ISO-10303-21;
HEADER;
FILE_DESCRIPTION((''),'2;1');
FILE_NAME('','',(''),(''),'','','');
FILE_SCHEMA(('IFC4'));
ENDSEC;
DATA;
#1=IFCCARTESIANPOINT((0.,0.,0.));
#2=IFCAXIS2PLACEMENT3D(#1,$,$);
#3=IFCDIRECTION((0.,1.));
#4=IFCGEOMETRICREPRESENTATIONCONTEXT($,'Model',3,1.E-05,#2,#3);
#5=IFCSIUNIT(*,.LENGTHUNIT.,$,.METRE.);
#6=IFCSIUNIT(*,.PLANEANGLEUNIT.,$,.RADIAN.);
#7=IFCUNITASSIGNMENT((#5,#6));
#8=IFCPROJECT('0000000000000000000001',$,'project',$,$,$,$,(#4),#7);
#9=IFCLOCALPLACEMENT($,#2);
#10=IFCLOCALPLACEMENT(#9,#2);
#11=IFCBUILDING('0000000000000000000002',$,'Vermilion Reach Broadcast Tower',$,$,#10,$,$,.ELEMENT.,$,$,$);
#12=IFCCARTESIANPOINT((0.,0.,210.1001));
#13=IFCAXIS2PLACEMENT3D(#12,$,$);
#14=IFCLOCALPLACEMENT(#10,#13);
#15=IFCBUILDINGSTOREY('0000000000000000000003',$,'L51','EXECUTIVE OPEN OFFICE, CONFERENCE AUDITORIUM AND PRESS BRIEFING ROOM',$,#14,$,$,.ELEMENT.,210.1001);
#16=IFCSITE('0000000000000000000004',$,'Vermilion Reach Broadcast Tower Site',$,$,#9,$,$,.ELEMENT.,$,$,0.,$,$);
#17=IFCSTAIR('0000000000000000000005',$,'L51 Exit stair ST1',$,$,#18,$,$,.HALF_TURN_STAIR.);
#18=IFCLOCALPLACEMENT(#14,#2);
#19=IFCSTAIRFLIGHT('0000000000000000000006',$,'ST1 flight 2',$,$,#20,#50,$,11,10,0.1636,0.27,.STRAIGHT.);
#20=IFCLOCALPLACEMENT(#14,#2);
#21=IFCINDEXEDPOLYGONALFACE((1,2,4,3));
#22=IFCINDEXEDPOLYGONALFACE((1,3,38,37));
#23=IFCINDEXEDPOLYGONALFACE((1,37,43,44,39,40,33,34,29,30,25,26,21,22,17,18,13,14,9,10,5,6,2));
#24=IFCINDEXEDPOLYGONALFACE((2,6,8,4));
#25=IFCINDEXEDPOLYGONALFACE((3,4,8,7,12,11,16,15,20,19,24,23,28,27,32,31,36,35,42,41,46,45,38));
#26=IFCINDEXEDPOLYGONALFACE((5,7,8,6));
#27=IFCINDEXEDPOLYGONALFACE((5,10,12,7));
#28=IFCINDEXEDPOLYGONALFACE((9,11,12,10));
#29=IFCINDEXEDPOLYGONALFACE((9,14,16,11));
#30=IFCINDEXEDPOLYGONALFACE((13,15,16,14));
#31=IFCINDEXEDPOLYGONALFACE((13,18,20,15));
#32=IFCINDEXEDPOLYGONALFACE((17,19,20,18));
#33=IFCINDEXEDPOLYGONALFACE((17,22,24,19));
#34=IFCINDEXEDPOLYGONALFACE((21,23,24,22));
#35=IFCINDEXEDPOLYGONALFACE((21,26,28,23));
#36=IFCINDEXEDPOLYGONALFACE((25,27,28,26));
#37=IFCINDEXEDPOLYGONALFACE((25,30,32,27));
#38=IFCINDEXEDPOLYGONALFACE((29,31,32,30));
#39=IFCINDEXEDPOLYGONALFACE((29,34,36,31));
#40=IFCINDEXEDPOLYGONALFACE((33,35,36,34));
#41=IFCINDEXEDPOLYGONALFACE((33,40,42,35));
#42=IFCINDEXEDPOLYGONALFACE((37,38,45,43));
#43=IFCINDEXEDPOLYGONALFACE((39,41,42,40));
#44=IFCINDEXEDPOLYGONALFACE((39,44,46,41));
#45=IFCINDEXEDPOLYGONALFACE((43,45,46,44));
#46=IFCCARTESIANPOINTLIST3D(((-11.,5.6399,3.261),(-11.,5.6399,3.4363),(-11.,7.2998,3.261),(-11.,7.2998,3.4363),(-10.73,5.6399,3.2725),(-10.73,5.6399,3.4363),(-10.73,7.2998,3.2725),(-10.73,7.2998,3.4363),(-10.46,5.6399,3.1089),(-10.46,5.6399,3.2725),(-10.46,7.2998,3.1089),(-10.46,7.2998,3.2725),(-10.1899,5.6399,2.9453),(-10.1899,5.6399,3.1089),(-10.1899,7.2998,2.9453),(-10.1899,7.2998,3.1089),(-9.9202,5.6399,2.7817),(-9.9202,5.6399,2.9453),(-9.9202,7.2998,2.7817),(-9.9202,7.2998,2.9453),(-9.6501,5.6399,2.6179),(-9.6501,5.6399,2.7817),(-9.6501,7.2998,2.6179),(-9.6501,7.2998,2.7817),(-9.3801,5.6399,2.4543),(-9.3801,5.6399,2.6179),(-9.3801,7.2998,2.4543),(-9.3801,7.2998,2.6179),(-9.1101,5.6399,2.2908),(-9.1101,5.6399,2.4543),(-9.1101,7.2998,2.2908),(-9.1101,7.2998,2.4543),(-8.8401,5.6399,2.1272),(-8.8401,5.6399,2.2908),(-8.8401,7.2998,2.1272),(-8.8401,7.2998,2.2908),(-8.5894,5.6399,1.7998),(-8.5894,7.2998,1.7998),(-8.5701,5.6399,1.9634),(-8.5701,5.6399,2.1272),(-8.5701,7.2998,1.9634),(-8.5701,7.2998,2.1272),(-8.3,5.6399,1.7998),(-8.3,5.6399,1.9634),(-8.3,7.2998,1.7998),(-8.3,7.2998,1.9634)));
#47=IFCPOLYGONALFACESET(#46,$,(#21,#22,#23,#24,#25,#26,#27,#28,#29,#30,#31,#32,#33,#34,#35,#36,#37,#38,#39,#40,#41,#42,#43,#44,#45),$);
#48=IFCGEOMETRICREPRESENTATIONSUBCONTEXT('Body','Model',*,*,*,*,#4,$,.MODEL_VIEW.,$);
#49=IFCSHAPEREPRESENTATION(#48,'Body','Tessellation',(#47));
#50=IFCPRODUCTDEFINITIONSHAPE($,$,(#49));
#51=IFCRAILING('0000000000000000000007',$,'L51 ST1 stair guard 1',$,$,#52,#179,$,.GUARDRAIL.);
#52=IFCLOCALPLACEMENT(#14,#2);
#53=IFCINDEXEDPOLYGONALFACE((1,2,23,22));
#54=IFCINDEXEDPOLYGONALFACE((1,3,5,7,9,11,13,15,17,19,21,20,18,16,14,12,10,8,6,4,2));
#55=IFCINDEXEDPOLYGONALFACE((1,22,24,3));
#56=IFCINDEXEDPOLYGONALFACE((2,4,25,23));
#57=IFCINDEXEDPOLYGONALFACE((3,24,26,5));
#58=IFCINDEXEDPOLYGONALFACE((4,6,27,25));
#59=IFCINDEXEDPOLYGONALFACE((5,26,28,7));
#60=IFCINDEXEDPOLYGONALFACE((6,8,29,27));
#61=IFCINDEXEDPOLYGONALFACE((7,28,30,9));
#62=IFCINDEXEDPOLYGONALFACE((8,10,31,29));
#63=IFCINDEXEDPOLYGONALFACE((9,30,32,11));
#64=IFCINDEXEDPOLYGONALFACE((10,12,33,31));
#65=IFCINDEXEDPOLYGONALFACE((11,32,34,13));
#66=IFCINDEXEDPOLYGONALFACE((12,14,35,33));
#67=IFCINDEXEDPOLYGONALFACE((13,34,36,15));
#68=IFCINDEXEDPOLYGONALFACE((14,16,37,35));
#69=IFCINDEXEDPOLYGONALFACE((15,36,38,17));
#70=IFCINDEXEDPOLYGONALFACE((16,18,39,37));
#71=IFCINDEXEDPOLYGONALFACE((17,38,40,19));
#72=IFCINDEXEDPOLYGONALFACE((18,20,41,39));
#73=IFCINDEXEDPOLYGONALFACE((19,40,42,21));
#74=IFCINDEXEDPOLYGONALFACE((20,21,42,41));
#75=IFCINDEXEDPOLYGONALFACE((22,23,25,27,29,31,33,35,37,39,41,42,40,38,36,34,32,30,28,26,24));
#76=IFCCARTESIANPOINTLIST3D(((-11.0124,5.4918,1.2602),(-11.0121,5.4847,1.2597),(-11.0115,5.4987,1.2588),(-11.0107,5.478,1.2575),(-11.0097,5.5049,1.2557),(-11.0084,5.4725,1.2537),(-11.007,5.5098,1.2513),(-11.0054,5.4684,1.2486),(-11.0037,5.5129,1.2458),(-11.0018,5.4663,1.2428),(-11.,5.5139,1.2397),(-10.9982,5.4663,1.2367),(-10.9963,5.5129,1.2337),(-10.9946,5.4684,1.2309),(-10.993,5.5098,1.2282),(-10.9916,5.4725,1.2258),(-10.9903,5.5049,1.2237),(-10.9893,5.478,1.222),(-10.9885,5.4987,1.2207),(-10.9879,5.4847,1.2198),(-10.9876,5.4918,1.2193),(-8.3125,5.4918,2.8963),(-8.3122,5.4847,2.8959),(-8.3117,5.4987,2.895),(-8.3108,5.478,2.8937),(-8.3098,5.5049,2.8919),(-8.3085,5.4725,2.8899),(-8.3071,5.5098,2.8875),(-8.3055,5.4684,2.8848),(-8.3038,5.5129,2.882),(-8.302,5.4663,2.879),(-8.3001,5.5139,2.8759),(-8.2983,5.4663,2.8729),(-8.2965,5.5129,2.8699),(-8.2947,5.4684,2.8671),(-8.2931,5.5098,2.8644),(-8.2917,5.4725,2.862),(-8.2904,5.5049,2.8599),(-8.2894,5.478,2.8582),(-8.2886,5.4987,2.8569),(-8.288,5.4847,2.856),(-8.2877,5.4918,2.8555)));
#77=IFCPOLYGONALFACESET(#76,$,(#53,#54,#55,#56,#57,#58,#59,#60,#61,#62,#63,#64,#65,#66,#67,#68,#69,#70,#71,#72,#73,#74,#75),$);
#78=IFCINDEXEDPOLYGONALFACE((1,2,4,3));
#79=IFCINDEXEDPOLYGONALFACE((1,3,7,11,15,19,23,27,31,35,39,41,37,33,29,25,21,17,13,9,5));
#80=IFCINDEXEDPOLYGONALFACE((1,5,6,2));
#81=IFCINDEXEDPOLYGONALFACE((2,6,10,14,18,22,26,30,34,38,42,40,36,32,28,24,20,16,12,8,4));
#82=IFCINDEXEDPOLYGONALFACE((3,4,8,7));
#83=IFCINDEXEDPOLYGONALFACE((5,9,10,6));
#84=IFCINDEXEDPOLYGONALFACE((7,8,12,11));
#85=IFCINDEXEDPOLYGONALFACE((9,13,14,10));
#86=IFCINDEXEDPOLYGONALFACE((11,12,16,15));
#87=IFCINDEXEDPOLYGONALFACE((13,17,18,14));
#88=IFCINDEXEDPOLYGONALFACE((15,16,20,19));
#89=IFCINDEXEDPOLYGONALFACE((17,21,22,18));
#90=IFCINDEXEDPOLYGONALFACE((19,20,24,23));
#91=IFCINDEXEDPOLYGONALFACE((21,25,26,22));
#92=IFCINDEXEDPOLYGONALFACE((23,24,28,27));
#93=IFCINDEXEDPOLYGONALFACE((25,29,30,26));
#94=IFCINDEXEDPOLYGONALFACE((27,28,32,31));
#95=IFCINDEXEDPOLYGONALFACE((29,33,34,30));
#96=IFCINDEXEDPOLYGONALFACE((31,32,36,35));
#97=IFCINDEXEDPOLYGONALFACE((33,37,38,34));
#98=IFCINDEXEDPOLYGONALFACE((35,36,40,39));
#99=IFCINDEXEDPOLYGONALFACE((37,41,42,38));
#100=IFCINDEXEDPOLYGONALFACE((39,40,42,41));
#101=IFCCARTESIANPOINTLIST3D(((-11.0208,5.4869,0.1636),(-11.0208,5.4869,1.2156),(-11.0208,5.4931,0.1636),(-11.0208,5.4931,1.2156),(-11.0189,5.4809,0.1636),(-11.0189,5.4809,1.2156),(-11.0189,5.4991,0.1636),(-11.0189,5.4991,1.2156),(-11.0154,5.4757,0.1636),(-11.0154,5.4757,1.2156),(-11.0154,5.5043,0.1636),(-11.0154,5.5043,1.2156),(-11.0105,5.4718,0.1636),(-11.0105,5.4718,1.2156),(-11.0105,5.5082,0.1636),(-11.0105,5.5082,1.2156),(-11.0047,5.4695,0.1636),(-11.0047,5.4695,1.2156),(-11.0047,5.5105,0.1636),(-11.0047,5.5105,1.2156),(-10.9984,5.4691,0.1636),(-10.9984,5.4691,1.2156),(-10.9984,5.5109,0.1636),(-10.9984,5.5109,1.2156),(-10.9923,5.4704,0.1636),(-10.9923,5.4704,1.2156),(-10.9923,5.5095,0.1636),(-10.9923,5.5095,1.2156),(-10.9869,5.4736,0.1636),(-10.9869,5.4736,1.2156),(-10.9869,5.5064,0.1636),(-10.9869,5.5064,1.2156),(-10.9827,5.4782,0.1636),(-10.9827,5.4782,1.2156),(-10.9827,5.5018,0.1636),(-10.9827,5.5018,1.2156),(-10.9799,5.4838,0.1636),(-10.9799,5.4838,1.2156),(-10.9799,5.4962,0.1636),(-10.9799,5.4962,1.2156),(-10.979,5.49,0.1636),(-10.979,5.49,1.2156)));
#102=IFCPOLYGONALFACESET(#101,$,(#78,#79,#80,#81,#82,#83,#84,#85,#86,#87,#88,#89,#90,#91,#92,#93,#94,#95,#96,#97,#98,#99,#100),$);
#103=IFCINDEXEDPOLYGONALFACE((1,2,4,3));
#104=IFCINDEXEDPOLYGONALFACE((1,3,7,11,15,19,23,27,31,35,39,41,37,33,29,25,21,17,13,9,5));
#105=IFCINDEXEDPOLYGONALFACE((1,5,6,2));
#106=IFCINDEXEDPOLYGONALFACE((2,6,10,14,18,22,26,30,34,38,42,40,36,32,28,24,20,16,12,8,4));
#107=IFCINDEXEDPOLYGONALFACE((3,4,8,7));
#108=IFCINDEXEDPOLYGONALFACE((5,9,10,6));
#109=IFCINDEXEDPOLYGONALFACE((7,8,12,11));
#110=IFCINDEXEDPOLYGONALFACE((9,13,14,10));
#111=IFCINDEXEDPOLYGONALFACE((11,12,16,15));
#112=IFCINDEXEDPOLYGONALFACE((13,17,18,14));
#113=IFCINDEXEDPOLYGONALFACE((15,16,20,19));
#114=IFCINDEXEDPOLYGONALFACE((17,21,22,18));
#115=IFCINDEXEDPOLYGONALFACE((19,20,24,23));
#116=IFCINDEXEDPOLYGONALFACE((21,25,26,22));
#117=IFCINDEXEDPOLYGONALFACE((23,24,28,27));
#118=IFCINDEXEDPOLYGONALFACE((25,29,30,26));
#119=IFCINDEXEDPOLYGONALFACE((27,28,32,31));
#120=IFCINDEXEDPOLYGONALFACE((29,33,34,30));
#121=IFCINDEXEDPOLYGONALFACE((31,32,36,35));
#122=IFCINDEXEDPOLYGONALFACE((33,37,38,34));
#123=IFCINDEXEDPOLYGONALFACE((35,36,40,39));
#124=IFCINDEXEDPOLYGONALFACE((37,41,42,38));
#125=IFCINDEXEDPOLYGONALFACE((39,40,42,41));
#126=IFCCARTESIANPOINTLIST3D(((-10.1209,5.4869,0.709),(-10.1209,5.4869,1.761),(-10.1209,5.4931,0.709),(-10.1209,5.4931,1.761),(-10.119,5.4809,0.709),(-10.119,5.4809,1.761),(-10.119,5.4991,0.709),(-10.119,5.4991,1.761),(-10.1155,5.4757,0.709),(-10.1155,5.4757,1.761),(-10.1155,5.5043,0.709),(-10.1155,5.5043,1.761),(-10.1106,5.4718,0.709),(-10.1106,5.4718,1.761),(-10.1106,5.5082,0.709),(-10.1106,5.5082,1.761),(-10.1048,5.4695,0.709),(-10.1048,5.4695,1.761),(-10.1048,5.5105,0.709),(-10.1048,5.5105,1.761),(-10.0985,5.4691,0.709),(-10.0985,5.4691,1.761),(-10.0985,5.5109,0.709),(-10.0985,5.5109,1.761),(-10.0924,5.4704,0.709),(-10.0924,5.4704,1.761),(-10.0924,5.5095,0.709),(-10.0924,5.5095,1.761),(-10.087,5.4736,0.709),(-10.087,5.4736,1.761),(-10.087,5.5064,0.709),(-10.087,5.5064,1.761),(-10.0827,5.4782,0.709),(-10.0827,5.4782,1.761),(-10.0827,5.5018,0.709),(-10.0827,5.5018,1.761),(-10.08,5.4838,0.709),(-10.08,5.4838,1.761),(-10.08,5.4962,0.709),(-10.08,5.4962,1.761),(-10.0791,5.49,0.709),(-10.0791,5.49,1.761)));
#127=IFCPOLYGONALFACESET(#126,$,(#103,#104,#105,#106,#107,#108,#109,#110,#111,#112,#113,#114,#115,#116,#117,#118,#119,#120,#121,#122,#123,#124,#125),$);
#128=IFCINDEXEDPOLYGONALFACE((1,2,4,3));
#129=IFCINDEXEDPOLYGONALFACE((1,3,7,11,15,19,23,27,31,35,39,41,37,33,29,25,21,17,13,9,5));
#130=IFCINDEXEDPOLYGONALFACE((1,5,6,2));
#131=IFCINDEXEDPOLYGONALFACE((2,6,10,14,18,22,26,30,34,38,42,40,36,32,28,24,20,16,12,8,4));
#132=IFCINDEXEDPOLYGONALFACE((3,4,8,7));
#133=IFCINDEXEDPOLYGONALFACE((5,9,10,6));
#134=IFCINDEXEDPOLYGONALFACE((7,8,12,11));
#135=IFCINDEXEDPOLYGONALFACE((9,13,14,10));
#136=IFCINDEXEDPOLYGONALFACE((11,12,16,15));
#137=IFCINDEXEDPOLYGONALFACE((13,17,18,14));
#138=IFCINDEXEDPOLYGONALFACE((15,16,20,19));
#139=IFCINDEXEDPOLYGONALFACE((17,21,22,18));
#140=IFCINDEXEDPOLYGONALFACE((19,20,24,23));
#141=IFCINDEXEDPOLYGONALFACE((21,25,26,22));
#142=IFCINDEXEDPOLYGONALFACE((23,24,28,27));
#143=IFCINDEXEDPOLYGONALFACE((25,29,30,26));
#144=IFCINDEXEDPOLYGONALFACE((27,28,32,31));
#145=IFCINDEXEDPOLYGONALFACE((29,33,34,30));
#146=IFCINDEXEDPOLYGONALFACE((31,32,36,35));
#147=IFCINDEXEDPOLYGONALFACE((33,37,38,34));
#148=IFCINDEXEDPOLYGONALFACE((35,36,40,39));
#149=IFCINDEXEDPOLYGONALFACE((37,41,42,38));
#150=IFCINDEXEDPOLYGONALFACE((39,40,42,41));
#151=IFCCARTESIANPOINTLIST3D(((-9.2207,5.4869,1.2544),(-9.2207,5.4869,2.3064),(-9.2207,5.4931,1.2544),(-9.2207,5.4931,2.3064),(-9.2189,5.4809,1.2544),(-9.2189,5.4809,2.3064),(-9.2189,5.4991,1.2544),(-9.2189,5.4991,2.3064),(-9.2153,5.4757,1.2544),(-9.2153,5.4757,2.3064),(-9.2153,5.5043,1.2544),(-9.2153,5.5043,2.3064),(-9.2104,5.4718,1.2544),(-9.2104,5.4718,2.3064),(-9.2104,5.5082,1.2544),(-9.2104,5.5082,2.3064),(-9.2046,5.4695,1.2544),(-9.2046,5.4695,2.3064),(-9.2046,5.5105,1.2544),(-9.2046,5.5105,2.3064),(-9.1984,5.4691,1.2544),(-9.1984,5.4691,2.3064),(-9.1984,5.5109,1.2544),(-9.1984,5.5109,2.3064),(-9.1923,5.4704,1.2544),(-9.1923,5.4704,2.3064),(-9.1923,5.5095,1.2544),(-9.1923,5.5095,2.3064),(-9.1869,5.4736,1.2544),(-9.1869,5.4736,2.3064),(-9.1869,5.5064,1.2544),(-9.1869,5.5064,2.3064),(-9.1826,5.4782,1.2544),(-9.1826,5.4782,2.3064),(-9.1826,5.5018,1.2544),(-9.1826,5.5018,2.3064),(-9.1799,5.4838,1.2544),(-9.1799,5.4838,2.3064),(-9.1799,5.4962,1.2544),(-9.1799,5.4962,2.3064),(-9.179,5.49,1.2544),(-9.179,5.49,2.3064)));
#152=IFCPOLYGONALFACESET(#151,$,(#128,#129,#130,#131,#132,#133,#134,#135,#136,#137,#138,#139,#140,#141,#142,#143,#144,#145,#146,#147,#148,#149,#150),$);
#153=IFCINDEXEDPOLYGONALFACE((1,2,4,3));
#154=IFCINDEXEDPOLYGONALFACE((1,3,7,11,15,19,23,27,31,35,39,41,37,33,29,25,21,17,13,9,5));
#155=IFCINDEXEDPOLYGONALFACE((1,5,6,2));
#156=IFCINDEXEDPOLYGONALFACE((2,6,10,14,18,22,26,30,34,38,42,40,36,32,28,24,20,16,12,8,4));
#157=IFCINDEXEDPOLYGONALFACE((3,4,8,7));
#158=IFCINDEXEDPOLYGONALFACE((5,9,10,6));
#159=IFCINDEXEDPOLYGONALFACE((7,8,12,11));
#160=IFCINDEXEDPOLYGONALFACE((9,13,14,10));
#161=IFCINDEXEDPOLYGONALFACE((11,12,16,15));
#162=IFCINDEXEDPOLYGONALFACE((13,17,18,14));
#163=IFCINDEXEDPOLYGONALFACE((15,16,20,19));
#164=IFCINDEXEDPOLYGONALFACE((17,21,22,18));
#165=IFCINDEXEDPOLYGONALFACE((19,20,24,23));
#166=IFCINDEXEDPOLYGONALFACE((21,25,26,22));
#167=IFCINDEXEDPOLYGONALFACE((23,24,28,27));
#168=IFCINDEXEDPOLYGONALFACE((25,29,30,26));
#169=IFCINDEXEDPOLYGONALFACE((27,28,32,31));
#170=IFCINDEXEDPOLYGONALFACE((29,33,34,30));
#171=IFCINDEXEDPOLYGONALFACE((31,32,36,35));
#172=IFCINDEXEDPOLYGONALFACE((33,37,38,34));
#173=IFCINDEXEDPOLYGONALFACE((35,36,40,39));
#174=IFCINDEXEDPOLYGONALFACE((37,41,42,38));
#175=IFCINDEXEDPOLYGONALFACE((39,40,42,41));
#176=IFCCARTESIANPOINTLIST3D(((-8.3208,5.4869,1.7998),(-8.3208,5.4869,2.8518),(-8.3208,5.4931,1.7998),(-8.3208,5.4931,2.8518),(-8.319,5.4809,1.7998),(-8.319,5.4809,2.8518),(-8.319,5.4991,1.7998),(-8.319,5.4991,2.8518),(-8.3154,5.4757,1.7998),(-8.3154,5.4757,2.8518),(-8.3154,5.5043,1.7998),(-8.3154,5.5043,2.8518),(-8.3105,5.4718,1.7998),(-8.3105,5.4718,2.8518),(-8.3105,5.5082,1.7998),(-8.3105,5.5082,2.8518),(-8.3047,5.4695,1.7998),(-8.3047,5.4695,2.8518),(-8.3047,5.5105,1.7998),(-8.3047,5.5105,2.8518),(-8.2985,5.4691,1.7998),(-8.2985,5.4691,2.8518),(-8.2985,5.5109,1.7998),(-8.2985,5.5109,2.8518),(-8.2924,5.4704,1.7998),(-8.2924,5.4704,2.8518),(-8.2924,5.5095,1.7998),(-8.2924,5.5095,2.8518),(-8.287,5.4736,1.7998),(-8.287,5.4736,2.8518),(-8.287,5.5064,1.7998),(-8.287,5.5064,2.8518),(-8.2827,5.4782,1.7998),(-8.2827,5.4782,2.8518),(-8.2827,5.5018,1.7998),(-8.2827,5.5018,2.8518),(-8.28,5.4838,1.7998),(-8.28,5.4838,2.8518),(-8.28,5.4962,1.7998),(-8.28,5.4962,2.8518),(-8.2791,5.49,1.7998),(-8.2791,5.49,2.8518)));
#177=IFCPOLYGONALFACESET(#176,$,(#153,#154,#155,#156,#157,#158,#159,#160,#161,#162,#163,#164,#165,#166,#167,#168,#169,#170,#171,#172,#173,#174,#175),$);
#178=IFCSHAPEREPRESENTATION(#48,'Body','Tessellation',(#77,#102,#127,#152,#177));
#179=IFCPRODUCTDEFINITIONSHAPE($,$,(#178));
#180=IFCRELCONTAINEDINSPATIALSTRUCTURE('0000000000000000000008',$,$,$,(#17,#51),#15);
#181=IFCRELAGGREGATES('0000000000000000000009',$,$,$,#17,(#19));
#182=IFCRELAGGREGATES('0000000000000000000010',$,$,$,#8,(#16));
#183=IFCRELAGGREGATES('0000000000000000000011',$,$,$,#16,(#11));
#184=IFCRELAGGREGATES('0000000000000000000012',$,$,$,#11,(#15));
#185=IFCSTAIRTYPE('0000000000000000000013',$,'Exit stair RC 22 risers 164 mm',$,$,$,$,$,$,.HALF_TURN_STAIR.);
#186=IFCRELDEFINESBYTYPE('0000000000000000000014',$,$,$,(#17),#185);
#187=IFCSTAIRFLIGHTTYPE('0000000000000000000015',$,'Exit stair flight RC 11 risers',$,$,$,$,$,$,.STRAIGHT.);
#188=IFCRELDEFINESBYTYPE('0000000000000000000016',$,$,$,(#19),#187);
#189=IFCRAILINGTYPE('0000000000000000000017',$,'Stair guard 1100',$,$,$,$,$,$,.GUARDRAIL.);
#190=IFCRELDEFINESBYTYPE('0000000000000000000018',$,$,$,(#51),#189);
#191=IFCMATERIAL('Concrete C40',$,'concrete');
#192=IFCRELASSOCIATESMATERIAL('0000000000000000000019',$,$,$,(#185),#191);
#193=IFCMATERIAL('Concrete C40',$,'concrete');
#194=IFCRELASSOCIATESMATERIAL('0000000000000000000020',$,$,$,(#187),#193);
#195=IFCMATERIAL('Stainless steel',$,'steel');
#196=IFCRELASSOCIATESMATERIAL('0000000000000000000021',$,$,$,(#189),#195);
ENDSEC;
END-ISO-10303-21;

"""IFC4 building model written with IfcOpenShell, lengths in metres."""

from ifc_helpers import new_model, si_unit, direction, frame, origin, origin_2d, place, context, subcontext, project, spatial, polyline, circle, outline, extrude, material, type_object, element, aggregate, save


model = new_model("IFC4")

# Units and contexts
model_context = context("Model", 3, precision=1e-05, world=origin(), true_north=direction((0.0, 1.0)))
body_context = subcontext(model_context, "Body", "Model", "MODEL_VIEW")
ifc_project = project(units=[si_unit("LENGTHUNIT", "METRE"), si_unit("PLANEANGLEUNIT", "RADIAN")], contexts=[model_context])

# Site, building, storey
site_placement = place(None, origin())
site = spatial("IfcSite", under=ifc_project, at=site_placement, Name="Vermilion Reach Broadcast Tower Site", CompositionType="ELEMENT", RefElevation=0.0)
building_placement = place(site_placement, origin())
building = spatial("IfcBuilding", under=site, at=building_placement, Name="Vermilion Reach Broadcast Tower", CompositionType="ELEMENT")
storey_placement = place(building_placement, frame((0.0, 0.0, 210.1001)))
storey = spatial("IfcBuildingStorey", under=building, at=storey_placement, Name="L51", Description="EXECUTIVE OPEN OFFICE, CONFERENCE AUDITORIUM AND PRESS BRIEFING ROOM", CompositionType="ELEMENT", Elevation=210.1001)

# Stair, stair flight
ifc_material_1 = material(Name="Concrete C40", Category="concrete")
stair_type = type_object("IfcStairType", Name="Exit stair RC 22 risers 164 mm", PredefinedType="HALF_TURN_STAIR", material=ifc_material_1)
stair_placement = place(storey_placement, origin())
stair = element("IfcStair", 1, at=stair_placement, inside=storey, type_object=stair_type, Name="L51 Exit stair ST1", PredefinedType="HALF_TURN_STAIR")
ifc_material_2 = material(Name="Concrete C40", Category="concrete")
stair_flight_type = type_object("IfcStairFlightType", Name="Exit stair flight RC 11 risers", PredefinedType="STRAIGHT", material=ifc_material_2)
stair_flight_1_placement = place(storey_placement, frame((-8.3, 6.47, 1.7998), z_axis=(0.0, 0.0, 1.0), x_axis=(-1.0, 0.0, 0.0)))
stair_flight_1 = element("IfcStairFlight", 2, at=stair_flight_1_placement, type_object=stair_flight_type, Name="ST1 flight 2", NumberOfRisers=11, NumberOfTreads=10, PredefinedType="STRAIGHT", RiserHeight=0.1636, TreadLength=0.27, context=body_context, shape_type="SweptSolid", body=[
    extrude(outline(polyline([(0.0, 0.0), (0.0, 0.1636), (0.27, 0.1636), (0.27, 0.3274), (0.54, 0.3274), (0.54, 0.491), (0.8101, 0.491), (0.8101, 0.6545), (1.0801, 0.6545), (1.0801, 0.8181), (1.3501, 0.8181), (1.3501, 0.9819), (1.6201, 0.9819), (1.6201, 1.1455), (1.8899, 1.1455), (1.8899, 1.3091), (2.1599, 1.3091), (2.1599, 1.4727), (2.4299, 1.4727), (2.4299, 1.6365), (2.7, 1.6365), (2.7, 1.8), (2.7, 1.4612), (0.2893, 0.0), (0.0, 0.0)])), frame((0.0, 0.8301, 0.0), z_axis=(0.0, -1.0, 0.0), x_axis=(1.0, 0.0, 0.0)), (0.0, 0.0, 1.0), 1.6599),
])
aggregate(stair, [stair_flight_1])

# Railing
ifc_material_3 = material(Name="Stainless steel", Category="steel")
railing_type_1 = type_object("IfcRailingType", Name="Stair guard 1100", PredefinedType="GUARDRAIL", material=ifc_material_3)
railing_1_placement = place(storey_placement, frame((-11.0, 5.49, 0.1636)))
element("IfcRailing", 3, at=railing_1_placement, inside=storey, type_object=railing_type_1, Name="L51 ST1 stair guard 1", PredefinedType="GUARDRAIL", context=body_context, shape_type="SweptSolid", body=[
    extrude(circle(Radius=0.0239, at=origin_2d()), frame((0.0, 0.0, 1.0762), z_axis=(0.855212, 0.0, 0.518278), x_axis=(0.0, 1.0, 0.0)), (0.0, 0.0, 1.0), 3.157),
    extrude(circle(Radius=0.021, at=origin_2d()), origin(), (0.0, 0.0, 1.0), 1.052),
    extrude(circle(Radius=0.021, at=origin_2d()), frame((0.8999, 0.0, 0.5454)), (0.0, 0.0, 1.0), 1.052),
    extrude(circle(Radius=0.021, at=origin_2d()), frame((1.8, 0.0, 1.0908)), (0.0, 0.0, 1.0), 1.052),
    extrude(circle(Radius=0.021, at=origin_2d()), frame((2.7, 0.0, 1.6362)), (0.0, 0.0, 1.0), 1.052),
])

save(model, "model.ifc")
